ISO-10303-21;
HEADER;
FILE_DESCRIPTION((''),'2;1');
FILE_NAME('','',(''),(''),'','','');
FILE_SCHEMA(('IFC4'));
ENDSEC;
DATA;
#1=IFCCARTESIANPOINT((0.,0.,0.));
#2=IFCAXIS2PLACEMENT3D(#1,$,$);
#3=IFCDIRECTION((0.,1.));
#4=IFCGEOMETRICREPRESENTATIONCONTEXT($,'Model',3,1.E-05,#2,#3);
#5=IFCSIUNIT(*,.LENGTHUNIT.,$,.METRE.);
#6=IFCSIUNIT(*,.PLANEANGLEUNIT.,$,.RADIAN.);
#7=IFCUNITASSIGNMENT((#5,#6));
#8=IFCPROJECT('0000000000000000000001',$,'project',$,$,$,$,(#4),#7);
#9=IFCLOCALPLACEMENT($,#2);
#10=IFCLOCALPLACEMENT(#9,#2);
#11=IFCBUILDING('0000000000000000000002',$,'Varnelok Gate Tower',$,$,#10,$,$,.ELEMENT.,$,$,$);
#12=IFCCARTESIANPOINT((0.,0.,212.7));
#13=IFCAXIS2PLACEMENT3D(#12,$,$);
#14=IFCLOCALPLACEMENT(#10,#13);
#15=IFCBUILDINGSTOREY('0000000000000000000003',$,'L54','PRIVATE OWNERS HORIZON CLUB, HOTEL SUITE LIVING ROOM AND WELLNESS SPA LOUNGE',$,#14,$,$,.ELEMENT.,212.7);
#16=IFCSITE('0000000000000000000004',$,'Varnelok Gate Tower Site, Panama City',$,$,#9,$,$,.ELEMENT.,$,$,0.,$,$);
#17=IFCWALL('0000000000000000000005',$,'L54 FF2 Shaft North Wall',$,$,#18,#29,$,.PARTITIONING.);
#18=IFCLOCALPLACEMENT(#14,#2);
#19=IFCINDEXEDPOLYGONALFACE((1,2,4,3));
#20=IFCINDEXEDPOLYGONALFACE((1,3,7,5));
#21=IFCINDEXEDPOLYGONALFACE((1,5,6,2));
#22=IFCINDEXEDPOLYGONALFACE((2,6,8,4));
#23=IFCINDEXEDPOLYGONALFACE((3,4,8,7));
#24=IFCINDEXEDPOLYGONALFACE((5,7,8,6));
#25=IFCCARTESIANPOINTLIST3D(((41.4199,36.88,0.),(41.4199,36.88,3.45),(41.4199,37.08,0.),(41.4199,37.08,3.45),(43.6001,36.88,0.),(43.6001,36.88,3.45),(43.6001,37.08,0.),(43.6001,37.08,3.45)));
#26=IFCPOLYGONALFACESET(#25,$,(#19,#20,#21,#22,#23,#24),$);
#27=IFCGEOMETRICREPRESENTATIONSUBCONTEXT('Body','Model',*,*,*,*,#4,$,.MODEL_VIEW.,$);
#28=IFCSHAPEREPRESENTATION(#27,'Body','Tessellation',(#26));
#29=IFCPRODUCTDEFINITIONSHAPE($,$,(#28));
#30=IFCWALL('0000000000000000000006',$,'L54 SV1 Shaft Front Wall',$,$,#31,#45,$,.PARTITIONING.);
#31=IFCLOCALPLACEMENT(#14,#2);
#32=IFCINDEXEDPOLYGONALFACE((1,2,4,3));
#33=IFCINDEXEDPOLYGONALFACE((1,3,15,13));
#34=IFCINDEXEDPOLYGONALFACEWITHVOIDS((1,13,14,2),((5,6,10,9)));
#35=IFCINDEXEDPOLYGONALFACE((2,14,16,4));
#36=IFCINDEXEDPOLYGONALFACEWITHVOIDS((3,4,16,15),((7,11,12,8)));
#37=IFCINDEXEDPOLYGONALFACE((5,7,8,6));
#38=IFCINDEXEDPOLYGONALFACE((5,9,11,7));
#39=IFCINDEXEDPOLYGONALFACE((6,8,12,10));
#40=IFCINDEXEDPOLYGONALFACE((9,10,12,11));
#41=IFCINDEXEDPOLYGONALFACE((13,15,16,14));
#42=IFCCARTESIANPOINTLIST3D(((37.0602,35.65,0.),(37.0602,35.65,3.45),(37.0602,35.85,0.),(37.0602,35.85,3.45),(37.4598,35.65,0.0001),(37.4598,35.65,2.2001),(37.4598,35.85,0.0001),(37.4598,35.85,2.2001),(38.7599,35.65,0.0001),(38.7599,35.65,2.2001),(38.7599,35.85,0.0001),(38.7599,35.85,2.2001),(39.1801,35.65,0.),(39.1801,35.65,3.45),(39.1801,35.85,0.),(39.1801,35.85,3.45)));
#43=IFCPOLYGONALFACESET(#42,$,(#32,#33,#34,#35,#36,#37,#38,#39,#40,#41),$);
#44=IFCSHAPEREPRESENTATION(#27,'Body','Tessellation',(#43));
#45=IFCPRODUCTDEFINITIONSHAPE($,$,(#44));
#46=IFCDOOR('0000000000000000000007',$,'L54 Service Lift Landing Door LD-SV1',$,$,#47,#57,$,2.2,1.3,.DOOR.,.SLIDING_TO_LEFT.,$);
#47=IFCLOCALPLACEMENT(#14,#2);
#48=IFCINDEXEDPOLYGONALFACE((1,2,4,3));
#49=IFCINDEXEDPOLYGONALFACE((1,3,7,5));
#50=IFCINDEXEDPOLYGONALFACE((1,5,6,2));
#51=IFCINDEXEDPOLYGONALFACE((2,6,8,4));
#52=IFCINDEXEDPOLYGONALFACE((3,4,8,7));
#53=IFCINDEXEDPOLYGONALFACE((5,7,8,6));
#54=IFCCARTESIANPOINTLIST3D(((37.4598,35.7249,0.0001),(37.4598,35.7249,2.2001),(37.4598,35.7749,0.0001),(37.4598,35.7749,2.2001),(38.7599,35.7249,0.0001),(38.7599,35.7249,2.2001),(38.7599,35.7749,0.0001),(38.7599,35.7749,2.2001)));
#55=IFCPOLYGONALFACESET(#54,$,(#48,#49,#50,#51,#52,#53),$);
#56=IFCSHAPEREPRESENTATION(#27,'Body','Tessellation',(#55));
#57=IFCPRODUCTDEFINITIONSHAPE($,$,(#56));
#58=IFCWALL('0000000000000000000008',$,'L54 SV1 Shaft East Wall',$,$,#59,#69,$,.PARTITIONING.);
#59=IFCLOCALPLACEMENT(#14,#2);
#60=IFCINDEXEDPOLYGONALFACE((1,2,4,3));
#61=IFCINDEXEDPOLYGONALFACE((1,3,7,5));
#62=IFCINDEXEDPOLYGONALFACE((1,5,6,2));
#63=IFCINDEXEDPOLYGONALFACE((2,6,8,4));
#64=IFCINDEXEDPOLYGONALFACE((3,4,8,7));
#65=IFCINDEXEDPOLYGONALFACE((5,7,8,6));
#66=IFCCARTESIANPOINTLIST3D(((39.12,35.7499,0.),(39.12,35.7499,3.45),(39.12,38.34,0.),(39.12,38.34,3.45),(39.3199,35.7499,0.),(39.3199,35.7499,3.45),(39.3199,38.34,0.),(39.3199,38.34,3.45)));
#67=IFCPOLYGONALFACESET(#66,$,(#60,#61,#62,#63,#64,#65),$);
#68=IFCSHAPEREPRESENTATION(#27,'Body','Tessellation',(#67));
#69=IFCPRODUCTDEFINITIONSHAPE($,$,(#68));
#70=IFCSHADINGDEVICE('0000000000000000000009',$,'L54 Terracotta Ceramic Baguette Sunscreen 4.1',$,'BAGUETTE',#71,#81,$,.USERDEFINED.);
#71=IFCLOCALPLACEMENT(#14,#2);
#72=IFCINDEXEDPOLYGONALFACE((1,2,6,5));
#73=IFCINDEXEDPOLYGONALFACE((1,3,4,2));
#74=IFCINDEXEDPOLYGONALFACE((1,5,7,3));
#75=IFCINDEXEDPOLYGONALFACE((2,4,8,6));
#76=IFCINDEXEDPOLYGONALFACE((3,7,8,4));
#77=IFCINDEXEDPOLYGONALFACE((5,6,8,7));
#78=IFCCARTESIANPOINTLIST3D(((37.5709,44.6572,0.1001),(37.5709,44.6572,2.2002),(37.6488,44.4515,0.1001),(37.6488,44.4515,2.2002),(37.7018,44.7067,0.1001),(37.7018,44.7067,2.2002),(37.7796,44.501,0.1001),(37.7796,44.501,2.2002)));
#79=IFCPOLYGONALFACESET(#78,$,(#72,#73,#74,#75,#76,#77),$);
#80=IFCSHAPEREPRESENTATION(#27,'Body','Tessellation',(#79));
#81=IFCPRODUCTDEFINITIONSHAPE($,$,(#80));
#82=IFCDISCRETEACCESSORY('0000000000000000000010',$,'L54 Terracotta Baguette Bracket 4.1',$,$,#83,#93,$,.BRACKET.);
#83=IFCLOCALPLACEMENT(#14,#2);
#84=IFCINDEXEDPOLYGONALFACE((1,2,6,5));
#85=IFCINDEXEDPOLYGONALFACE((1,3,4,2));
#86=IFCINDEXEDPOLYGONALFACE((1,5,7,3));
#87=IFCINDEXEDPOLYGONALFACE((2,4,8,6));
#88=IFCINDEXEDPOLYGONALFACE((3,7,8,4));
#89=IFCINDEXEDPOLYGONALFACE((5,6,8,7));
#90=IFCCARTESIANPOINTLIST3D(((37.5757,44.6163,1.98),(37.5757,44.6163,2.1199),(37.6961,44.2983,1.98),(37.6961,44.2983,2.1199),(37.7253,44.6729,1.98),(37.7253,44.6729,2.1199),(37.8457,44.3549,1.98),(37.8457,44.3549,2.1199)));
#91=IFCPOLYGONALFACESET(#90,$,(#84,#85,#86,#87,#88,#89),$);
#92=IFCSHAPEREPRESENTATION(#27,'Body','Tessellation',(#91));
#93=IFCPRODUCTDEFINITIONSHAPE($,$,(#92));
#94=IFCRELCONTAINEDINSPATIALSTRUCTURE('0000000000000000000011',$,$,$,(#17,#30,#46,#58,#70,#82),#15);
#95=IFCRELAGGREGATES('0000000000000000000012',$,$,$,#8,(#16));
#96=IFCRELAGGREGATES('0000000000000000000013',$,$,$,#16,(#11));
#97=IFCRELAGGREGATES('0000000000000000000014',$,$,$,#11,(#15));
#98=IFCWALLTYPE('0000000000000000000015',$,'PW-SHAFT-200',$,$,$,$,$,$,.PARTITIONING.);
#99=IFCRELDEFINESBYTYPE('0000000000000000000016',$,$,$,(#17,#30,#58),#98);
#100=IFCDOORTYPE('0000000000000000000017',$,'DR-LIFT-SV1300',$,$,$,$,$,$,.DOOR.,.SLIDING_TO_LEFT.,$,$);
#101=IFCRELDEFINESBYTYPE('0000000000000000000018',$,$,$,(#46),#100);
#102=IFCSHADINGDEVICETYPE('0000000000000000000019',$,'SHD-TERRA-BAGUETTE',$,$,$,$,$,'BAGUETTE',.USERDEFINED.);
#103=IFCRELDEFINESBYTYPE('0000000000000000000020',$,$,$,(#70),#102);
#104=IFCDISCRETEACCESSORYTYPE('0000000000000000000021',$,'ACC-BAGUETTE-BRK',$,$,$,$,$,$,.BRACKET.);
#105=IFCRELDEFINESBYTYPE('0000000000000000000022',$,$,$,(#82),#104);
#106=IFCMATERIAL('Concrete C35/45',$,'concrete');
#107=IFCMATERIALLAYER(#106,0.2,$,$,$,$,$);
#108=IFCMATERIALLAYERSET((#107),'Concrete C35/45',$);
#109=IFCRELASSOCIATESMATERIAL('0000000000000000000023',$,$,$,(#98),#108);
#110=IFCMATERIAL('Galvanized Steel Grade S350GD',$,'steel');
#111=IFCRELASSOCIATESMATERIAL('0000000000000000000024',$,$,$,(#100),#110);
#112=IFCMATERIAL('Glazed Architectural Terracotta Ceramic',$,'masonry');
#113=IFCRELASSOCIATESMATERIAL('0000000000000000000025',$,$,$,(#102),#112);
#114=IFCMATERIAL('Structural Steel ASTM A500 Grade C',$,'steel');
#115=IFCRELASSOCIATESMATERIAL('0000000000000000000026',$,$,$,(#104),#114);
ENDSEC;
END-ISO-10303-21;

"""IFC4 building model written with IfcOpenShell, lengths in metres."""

from ifc_helpers import new_model, si_unit, direction, frame, frame_2d, origin, origin_2d, place, context, subcontext, project, spatial, rectangle, extrude, source, transform, mapped, material, layer, layer_set, type_object, element, fill, save


model = new_model("IFC4")

# Units and contexts
model_context = context("Model", 3, precision=1e-05, world=origin(), true_north=direction((0.0, 1.0)))
body_context = subcontext(model_context, "Body", "Model", "MODEL_VIEW")
ifc_project = project(units=[si_unit("LENGTHUNIT", "METRE"), si_unit("PLANEANGLEUNIT", "RADIAN")], contexts=[model_context])

# Site, building, storey
site_placement = place(None, origin())
site = spatial("IfcSite", under=ifc_project, at=site_placement, Name="Varnelok Gate Tower Site, Panama City", CompositionType="ELEMENT", RefElevation=0.0)
building_placement = place(site_placement, origin())
building = spatial("IfcBuilding", under=site, at=building_placement, Name="Varnelok Gate Tower", CompositionType="ELEMENT")
storey_placement = place(building_placement, frame((0.0, 0.0, 212.7)))
storey = spatial("IfcBuildingStorey", under=building, at=storey_placement, Name="L54", Description="PRIVATE OWNERS HORIZON CLUB, HOTEL SUITE LIVING ROOM AND WELLNESS SPA LOUNGE", CompositionType="ELEMENT", Elevation=212.7)

# Shared definitions
ifc_material_1 = material(Name="Galvanized Steel Grade S350GD", Category="steel")

# Wall
ifc_material_2 = material(Name="Concrete C35/45", Category="concrete")
ifc_layer_1 = layer(ifc_material_2, 0.2)
ifc_layer_set_1 = layer_set([ifc_layer_1], Name="Concrete C35/45")
wall_type_1 = type_object("IfcWallType", Name="PW-SHAFT-200", PredefinedType="PARTITIONING", material=ifc_layer_set_1)
wall_1_placement = place(storey_placement, frame((41.4199, 36.98, 0.0), z_axis=(0.0, 0.0, 1.0), x_axis=(1.0, 0.0, 0.0)))
element("IfcWall", 1, at=wall_1_placement, inside=storey, type_object=wall_type_1, Name="L54 FF2 Shaft North Wall", PredefinedType="PARTITIONING", context=body_context, shape_type="SweptSolid", body=[
    extrude(rectangle(XDim=2.1802, YDim=0.2, at=frame_2d((1.0901, 0.0))), origin(), (0.0, 0.0, 1.0), 3.45),
])

# Wall, opening, door
wall_2_placement = place(storey_placement, frame((37.0601, 35.75, 0.0), z_axis=(0.0, 0.0, 1.0), x_axis=(1.0, 0.0, 0.0)))
wall_2 = element("IfcWall", 2, at=wall_2_placement, inside=storey, type_object=wall_type_1, Name="L54 SV1 Shaft Front Wall", PredefinedType="PARTITIONING", context=body_context, shape_type="SweptSolid", body=[
    extrude(rectangle(XDim=2.1199, YDim=0.2, at=frame_2d((1.0601, 0.0))), origin(), (0.0, 0.0, 1.0), 3.45),
])
opening_1_placement = place(wall_2_placement, frame((0.3999, 0.0, 0.0)))
opening_1 = element("IfcOpeningElement", 3, at=opening_1_placement, cuts=wall_2, PredefinedType="OPENING", context=body_context, shape_type="SweptSolid", body=[
    extrude(rectangle(XDim=1.3, YDim=2.2, at=frame_2d((0.6499, 1.1001))), frame((0.0, 0.1099, 0.0), z_axis=(0.0, -1.0, 0.0), x_axis=(1.0, 0.0, 0.0)), (0.0, 0.0, 1.0), 0.22),
])
door_type_1 = type_object("IfcDoorType", Name="DR-LIFT-SV1300", OperationType="SLIDING_TO_LEFT", PredefinedType="DOOR", material=ifc_material_1)
door_1_placement = place(opening_1_placement, origin())
door_1 = element("IfcDoor", 4, at=door_1_placement, inside=storey, type_object=door_type_1, Name="L54 Service Lift Landing Door LD-SV1", OperationType="SLIDING_TO_LEFT", OverallHeight=2.2, OverallWidth=1.3, PredefinedType="DOOR", context=body_context, shape_type="SweptSolid", body=[
    extrude(rectangle(XDim=1.3, YDim=2.2, at=frame_2d((0.6499, 1.1001))), frame((0.0, 0.0249, 0.0), z_axis=(0.0, -1.0, 0.0), x_axis=(1.0, 0.0, 0.0)), (0.0, 0.0, 1.0), 0.05),
])
fill(opening_1, door_1)

# Wall
wall_3_placement = place(storey_placement, frame((39.22, 35.75, 0.0), z_axis=(0.0, 0.0, 1.0), x_axis=(0.0, 1.0, 0.0)))
element("IfcWall", 5, at=wall_3_placement, inside=storey, type_object=wall_type_1, Name="L54 SV1 Shaft East Wall", PredefinedType="PARTITIONING", context=body_context, shape_type="SweptSolid", body=[
    extrude(rectangle(XDim=2.5901, YDim=0.2, at=frame_2d((1.2949, 0.0))), origin(), (0.0, 0.0, 1.0), 3.45),
])

# Shading device
ifc_material_3 = material(Name="Glazed Architectural Terracotta Ceramic", Category="masonry")
shading_device_type = type_object("IfcShadingDeviceType", Name="SHD-TERRA-BAGUETTE", ElementType="BAGUETTE", PredefinedType="USERDEFINED", material=ifc_material_3)
shared_shape_1 = source(origin(), body_context, "Body", "SweptSolid", [
    extrude(rectangle(XDim=0.1399, YDim=0.22, at=origin_2d()), origin(), (0.0, 0.0, 1.0), 2.1001),
])
shading_device_placement = place(storey_placement, frame((37.6753, 44.5791, 0.1001), z_axis=(0.0, 0.0, 1.0), x_axis=(0.935222, 0.354063, 0.0)))
element("IfcShadingDevice", 6, at=shading_device_placement, inside=storey, type_object=shading_device_type, Name="L54 Terracotta Ceramic Baguette Sunscreen 4.1", ObjectType="BAGUETTE", PredefinedType="USERDEFINED", context=body_context, shape_type="MappedRepresentation", body=[
    mapped(shared_shape_1, transform((0.0, 0.0, 0.0), scale=1.0)),
])

# Discrete accessory
ifc_material_4 = material(Name="Structural Steel ASTM A500 Grade C", Category="steel")
discrete_accessory_type = type_object("IfcDiscreteAccessoryType", Name="ACC-BAGUETTE-BRK", PredefinedType="BRACKET", material=ifc_material_4)
shared_shape_2 = source(origin(), body_context, "Body", "SweptSolid", [
    extrude(rectangle(XDim=0.1599, YDim=0.3401, at=origin_2d()), origin(), (0.0, 0.0, 1.0), 0.1399),
])
discrete_accessory_placement = place(storey_placement, frame((37.7107, 44.4856, 1.98), z_axis=(0.0, 0.0, 1.0), x_axis=(0.935222, 0.354063, 0.0)))
element("IfcDiscreteAccessory", 7, at=discrete_accessory_placement, inside=storey, type_object=discrete_accessory_type, Name="L54 Terracotta Baguette Bracket 4.1", PredefinedType="BRACKET", context=body_context, shape_type="MappedRepresentation", body=[
    mapped(shared_shape_2, transform((0.0, 0.0, 0.0), scale=1.0)),
])

save(model, "model.ifc")
